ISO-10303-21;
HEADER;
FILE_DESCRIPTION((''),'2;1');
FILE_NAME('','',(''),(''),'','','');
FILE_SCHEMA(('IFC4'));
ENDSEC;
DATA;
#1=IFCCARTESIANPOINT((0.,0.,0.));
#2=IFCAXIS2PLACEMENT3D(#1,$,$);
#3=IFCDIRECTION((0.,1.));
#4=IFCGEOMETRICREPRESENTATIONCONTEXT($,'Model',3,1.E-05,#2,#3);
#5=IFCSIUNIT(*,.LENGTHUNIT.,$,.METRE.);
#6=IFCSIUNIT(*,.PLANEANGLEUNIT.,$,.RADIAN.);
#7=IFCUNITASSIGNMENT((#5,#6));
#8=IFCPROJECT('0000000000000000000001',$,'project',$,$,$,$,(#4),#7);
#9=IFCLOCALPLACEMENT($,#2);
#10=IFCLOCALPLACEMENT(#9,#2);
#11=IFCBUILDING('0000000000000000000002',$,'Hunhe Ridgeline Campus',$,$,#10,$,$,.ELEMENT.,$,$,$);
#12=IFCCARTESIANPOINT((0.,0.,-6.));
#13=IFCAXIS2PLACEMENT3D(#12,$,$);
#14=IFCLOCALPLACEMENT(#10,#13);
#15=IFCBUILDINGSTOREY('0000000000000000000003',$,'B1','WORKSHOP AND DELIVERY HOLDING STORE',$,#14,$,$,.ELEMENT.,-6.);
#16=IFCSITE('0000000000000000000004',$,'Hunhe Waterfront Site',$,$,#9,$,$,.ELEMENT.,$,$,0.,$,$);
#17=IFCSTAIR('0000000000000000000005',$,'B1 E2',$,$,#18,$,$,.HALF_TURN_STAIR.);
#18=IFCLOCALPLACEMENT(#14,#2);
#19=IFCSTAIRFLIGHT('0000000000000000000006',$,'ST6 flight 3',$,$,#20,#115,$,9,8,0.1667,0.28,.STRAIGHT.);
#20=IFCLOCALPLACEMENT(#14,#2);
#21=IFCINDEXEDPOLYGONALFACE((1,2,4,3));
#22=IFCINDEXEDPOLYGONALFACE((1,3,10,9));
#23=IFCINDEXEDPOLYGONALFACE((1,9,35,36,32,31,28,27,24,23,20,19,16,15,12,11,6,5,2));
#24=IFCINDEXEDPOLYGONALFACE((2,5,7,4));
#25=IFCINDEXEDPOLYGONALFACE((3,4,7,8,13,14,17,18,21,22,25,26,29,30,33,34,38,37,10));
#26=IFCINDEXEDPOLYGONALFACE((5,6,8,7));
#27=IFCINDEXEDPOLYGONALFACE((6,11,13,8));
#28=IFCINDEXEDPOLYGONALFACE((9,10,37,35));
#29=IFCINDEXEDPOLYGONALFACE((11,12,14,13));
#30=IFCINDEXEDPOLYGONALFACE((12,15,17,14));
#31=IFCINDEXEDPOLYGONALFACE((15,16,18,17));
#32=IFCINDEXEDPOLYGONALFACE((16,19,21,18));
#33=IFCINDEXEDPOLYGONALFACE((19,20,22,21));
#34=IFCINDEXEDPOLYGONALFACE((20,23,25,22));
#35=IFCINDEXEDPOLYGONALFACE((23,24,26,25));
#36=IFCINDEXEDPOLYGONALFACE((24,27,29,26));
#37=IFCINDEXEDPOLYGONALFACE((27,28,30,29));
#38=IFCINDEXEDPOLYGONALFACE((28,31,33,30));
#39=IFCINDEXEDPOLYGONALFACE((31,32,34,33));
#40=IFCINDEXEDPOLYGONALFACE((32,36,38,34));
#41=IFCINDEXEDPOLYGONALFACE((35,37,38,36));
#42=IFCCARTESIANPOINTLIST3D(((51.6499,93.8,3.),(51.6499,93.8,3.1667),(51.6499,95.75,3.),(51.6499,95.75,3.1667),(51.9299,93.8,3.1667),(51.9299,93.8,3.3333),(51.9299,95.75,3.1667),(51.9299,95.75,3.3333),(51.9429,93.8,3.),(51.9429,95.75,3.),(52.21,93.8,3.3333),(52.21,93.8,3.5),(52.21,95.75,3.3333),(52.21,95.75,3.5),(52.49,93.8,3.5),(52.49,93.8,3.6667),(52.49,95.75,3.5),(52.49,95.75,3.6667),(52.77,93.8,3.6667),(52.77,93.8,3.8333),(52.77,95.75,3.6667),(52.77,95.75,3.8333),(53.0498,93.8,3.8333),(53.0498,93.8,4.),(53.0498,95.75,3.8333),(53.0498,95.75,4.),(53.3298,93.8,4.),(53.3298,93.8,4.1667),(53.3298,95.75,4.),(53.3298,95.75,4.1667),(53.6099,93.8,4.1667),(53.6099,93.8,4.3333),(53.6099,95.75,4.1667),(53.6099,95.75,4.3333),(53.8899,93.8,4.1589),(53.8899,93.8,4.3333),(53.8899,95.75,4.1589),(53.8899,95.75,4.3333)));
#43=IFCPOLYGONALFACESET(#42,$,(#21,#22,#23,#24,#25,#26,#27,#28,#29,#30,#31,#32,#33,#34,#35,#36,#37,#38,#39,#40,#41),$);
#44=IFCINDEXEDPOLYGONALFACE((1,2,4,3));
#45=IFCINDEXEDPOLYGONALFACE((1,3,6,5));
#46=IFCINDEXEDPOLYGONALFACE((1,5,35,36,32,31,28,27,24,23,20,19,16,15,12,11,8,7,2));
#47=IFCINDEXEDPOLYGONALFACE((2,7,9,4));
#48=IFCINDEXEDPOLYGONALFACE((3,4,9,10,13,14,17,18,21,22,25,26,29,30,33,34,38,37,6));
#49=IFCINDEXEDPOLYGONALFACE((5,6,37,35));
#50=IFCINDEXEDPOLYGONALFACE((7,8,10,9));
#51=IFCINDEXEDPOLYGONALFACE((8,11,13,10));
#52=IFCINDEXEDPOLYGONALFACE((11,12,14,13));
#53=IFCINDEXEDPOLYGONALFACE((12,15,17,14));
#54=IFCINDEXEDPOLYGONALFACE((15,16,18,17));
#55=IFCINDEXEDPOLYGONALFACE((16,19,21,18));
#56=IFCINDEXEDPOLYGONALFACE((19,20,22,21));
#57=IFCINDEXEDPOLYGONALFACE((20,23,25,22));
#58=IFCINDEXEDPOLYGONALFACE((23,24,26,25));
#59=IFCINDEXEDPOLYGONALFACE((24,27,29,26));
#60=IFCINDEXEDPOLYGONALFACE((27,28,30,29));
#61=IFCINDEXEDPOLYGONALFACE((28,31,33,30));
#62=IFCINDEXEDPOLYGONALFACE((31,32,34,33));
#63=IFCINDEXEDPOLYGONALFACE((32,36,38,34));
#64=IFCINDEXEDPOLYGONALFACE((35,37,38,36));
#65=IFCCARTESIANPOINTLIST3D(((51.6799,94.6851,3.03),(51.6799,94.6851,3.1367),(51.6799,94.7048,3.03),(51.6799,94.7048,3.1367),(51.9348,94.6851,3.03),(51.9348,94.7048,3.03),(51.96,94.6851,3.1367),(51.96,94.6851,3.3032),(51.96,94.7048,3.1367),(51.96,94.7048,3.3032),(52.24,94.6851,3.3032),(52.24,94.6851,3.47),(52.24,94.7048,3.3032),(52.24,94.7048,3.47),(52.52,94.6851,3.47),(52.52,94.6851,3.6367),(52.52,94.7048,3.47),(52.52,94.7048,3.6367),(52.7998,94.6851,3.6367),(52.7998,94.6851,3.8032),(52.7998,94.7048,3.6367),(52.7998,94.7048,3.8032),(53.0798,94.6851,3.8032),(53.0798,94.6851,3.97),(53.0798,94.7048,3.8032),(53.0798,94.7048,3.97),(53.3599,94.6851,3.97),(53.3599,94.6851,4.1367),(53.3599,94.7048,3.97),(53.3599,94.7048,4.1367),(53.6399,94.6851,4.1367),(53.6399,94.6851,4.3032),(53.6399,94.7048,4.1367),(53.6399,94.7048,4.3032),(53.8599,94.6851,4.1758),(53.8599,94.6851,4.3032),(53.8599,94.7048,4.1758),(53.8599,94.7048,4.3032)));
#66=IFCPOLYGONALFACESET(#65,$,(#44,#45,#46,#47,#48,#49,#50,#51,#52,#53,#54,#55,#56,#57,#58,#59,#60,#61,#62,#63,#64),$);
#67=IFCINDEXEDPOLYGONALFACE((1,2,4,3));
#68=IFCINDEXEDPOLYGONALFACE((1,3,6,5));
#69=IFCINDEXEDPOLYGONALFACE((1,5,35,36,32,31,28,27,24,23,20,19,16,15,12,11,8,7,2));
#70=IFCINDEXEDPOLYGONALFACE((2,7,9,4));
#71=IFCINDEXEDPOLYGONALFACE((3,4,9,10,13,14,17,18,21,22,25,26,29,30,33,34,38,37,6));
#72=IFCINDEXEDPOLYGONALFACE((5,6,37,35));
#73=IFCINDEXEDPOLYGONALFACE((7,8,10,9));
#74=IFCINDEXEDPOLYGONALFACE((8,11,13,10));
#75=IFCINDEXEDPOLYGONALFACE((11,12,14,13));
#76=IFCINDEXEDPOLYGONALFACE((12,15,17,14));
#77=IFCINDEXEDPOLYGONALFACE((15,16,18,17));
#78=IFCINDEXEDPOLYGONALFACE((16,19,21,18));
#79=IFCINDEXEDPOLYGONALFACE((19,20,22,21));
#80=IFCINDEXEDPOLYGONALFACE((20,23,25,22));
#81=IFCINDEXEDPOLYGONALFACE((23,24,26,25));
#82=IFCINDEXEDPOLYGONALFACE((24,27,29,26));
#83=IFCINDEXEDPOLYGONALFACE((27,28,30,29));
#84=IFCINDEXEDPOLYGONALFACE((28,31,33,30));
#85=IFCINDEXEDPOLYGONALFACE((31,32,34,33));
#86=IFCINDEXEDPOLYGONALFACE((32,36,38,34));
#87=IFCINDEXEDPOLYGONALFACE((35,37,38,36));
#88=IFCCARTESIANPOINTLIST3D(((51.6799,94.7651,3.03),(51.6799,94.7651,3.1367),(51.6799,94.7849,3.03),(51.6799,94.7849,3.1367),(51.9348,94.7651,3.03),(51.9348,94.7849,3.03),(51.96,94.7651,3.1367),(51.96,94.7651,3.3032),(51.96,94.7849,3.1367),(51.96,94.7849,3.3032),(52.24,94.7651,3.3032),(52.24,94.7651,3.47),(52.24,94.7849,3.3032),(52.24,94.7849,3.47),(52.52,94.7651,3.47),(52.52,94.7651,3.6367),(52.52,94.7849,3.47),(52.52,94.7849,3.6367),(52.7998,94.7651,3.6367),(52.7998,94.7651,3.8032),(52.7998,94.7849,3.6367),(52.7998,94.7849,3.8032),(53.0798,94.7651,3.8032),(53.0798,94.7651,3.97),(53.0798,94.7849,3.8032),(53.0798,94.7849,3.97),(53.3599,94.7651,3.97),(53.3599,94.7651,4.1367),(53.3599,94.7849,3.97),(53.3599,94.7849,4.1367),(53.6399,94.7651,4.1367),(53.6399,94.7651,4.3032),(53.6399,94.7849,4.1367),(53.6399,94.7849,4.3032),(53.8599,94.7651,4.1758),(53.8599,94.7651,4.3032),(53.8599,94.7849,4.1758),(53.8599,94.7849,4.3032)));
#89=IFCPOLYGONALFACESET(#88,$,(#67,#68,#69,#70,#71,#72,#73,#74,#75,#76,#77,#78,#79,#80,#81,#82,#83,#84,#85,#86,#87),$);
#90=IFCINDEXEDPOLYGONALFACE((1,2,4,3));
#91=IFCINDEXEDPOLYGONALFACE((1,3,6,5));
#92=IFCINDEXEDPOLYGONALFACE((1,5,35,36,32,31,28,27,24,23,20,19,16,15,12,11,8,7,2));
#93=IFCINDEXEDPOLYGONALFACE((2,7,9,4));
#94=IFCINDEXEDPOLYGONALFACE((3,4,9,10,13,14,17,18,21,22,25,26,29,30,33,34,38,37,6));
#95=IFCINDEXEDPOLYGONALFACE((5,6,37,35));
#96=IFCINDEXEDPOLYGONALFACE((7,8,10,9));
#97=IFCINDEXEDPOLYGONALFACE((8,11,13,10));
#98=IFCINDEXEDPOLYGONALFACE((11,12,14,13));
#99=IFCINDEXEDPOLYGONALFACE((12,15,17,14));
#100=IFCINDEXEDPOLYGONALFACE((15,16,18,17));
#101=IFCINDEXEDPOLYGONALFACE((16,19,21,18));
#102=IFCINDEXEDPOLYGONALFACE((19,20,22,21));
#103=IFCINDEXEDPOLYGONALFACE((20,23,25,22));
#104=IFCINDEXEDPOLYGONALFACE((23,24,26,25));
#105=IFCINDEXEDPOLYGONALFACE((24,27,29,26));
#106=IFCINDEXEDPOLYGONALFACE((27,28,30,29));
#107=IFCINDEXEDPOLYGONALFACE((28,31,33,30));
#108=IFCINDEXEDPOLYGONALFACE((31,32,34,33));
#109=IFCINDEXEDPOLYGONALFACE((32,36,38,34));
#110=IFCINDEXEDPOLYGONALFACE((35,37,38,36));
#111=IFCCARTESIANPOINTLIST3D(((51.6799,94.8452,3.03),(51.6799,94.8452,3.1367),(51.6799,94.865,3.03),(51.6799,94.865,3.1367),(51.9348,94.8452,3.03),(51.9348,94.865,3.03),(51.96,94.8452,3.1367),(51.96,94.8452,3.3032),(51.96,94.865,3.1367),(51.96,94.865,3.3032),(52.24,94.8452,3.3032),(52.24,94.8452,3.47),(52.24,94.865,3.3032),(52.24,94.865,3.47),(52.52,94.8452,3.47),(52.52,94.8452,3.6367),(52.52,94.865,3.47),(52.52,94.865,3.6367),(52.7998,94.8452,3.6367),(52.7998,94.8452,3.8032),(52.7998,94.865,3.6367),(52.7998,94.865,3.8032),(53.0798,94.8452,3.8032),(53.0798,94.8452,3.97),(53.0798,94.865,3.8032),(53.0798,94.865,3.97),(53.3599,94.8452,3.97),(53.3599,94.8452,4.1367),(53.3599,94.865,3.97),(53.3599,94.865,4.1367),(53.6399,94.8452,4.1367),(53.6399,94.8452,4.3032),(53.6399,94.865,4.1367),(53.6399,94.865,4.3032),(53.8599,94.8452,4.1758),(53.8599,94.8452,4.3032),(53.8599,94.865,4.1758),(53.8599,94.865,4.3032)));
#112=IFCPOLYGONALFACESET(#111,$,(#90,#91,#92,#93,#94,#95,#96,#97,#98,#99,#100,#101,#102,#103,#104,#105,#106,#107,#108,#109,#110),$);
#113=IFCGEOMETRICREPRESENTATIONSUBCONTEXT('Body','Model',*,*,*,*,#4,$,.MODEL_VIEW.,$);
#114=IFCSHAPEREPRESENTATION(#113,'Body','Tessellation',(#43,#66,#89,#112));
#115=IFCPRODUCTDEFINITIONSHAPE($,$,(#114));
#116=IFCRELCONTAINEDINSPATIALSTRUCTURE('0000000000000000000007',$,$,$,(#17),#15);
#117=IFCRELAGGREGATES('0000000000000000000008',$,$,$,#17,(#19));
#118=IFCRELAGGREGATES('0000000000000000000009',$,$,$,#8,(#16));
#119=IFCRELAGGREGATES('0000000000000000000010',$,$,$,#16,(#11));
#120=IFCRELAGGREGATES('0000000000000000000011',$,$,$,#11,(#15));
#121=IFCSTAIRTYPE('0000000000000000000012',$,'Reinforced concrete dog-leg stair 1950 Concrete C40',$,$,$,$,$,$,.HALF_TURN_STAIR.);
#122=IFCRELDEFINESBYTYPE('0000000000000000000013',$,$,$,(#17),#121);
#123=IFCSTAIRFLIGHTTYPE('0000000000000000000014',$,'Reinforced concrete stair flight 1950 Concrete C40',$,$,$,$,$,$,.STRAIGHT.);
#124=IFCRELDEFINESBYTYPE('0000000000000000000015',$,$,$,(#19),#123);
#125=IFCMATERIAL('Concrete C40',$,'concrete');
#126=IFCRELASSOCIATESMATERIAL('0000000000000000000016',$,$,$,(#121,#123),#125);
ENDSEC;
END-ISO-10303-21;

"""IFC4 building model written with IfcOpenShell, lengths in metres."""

from ifc_helpers import new_model, si_unit, direction, frame, origin, place, context, subcontext, project, spatial, polyline, outline, extrude, material, type_object, element, aggregate, save


model = new_model("IFC4")

# Units and contexts
model_context = context("Model", 3, precision=1e-05, world=origin(), true_north=direction((0.0, 1.0)))
body_context = subcontext(model_context, "Body", "Model", "MODEL_VIEW")
ifc_project = project(units=[si_unit("LENGTHUNIT", "METRE"), si_unit("PLANEANGLEUNIT", "RADIAN")], contexts=[model_context])

# Site, building, storey
site_placement = place(None, origin())
site = spatial("IfcSite", under=ifc_project, at=site_placement, Name="Hunhe Waterfront Site", CompositionType="ELEMENT", RefElevation=0.0)
building_placement = place(site_placement, origin())
building = spatial("IfcBuilding", under=site, at=building_placement, Name="Hunhe Ridgeline Campus", CompositionType="ELEMENT")
storey_placement = place(building_placement, frame((0.0, 0.0, -6.0)))
storey = spatial("IfcBuildingStorey", under=building, at=storey_placement, Name="B1", Description="WORKSHOP AND DELIVERY HOLDING STORE", CompositionType="ELEMENT", Elevation=-6.0)

# Stair, stair flight
ifc_material_1 = material(Name="Concrete C40", Category="concrete")
stair_type = type_object("IfcStairType", Name="Reinforced concrete dog-leg stair 1950 Concrete C40", PredefinedType="HALF_TURN_STAIR", material=ifc_material_1)
stair_flight_type = type_object("IfcStairFlightType", Name="Reinforced concrete stair flight 1950 Concrete C40", PredefinedType="STRAIGHT", material=ifc_material_1)
stair_1_placement = place(storey_placement, origin())
stair_1 = element("IfcStair", 1, at=stair_1_placement, inside=storey, type_object=stair_type, Name="B1 E2", PredefinedType="HALF_TURN_STAIR")
stair_flight_1_placement = place(storey_placement, frame((51.6499, 94.7749, 3.0), z_axis=(0.0, 0.0, 1.0), x_axis=(1.0, 0.0, 0.0)))
stair_flight_1 = element("IfcStairFlight", 2, at=stair_flight_1_placement, type_object=stair_flight_type, Name="ST6 flight 3", NumberOfRisers=9, NumberOfTreads=8, PredefinedType="STRAIGHT", RiserHeight=0.1667, TreadLength=0.28, context=body_context, shape_type="SweptSolid", body=[
    extrude(outline(polyline([(0.0, 0.0), (0.0, 0.1667), (0.28, 0.1667), (0.28, 0.3333), (0.5601, 0.3333), (0.5601, 0.5), (0.8401, 0.5), (0.8401, 0.6667), (1.1201, 0.6667), (1.1201, 0.8333), (1.3999, 0.8333), (1.3999, 1.0), (1.6799, 1.0), (1.6799, 1.1667), (1.96, 1.1667), (1.96, 1.3333), (2.24, 1.3333), (2.24, 1.5), (2.24, 1.1589), (0.293, 0.0), (0.0, 0.0)])), frame((0.0, 0.9751, 0.0), z_axis=(0.0, -1.0, 0.0), x_axis=(1.0, 0.0, 0.0)), (0.0, 0.0, 1.0), 1.95),
    extrude(outline(polyline([(0.03, 0.03), (0.03, 0.1367), (0.3101, 0.1367), (0.3101, 0.3032), (0.5901, 0.3032), (0.5901, 0.47), (0.8701, 0.47), (0.8701, 0.6367), (1.1499, 0.6367), (1.1499, 0.8032), (1.4299, 0.8032), (1.4299, 0.97), (1.71, 0.97), (1.71, 1.1367), (1.99, 1.1367), (1.99, 1.3032), (2.21, 1.3032), (2.21, 1.1758), (0.2849, 0.03), (0.03, 0.03)])), frame((0.0, -0.0701, 0.0), z_axis=(0.0, -1.0, 0.0), x_axis=(1.0, 0.0, 0.0)), (0.0, 0.0, 1.0), 0.0198),
    extrude(outline(polyline([(0.03, 0.03), (0.03, 0.1367), (0.3101, 0.1367), (0.3101, 0.3032), (0.5901, 0.3032), (0.5901, 0.47), (0.8701, 0.47), (0.8701, 0.6367), (1.1499, 0.6367), (1.1499, 0.8032), (1.4299, 0.8032), (1.4299, 0.97), (1.71, 0.97), (1.71, 1.1367), (1.99, 1.1367), (1.99, 1.3032), (2.21, 1.3032), (2.21, 1.1758), (0.2849, 0.03), (0.03, 0.03)])), frame((0.0, 0.01, 0.0), z_axis=(0.0, -1.0, 0.0), x_axis=(1.0, 0.0, 0.0)), (0.0, 0.0, 1.0), 0.0198),
    extrude(outline(polyline([(0.03, 0.03), (0.03, 0.1367), (0.3101, 0.1367), (0.3101, 0.3032), (0.5901, 0.3032), (0.5901, 0.47), (0.8701, 0.47), (0.8701, 0.6367), (1.1499, 0.6367), (1.1499, 0.8032), (1.4299, 0.8032), (1.4299, 0.97), (1.71, 0.97), (1.71, 1.1367), (1.99, 1.1367), (1.99, 1.3032), (2.21, 1.3032), (2.21, 1.1758), (0.2849, 0.03), (0.03, 0.03)])), frame((0.0, 0.0901, 0.0), z_axis=(0.0, -1.0, 0.0), x_axis=(1.0, 0.0, 0.0)), (0.0, 0.0, 1.0), 0.0198),
])
aggregate(stair_1, [stair_flight_1])

save(model, "model.ifc")
